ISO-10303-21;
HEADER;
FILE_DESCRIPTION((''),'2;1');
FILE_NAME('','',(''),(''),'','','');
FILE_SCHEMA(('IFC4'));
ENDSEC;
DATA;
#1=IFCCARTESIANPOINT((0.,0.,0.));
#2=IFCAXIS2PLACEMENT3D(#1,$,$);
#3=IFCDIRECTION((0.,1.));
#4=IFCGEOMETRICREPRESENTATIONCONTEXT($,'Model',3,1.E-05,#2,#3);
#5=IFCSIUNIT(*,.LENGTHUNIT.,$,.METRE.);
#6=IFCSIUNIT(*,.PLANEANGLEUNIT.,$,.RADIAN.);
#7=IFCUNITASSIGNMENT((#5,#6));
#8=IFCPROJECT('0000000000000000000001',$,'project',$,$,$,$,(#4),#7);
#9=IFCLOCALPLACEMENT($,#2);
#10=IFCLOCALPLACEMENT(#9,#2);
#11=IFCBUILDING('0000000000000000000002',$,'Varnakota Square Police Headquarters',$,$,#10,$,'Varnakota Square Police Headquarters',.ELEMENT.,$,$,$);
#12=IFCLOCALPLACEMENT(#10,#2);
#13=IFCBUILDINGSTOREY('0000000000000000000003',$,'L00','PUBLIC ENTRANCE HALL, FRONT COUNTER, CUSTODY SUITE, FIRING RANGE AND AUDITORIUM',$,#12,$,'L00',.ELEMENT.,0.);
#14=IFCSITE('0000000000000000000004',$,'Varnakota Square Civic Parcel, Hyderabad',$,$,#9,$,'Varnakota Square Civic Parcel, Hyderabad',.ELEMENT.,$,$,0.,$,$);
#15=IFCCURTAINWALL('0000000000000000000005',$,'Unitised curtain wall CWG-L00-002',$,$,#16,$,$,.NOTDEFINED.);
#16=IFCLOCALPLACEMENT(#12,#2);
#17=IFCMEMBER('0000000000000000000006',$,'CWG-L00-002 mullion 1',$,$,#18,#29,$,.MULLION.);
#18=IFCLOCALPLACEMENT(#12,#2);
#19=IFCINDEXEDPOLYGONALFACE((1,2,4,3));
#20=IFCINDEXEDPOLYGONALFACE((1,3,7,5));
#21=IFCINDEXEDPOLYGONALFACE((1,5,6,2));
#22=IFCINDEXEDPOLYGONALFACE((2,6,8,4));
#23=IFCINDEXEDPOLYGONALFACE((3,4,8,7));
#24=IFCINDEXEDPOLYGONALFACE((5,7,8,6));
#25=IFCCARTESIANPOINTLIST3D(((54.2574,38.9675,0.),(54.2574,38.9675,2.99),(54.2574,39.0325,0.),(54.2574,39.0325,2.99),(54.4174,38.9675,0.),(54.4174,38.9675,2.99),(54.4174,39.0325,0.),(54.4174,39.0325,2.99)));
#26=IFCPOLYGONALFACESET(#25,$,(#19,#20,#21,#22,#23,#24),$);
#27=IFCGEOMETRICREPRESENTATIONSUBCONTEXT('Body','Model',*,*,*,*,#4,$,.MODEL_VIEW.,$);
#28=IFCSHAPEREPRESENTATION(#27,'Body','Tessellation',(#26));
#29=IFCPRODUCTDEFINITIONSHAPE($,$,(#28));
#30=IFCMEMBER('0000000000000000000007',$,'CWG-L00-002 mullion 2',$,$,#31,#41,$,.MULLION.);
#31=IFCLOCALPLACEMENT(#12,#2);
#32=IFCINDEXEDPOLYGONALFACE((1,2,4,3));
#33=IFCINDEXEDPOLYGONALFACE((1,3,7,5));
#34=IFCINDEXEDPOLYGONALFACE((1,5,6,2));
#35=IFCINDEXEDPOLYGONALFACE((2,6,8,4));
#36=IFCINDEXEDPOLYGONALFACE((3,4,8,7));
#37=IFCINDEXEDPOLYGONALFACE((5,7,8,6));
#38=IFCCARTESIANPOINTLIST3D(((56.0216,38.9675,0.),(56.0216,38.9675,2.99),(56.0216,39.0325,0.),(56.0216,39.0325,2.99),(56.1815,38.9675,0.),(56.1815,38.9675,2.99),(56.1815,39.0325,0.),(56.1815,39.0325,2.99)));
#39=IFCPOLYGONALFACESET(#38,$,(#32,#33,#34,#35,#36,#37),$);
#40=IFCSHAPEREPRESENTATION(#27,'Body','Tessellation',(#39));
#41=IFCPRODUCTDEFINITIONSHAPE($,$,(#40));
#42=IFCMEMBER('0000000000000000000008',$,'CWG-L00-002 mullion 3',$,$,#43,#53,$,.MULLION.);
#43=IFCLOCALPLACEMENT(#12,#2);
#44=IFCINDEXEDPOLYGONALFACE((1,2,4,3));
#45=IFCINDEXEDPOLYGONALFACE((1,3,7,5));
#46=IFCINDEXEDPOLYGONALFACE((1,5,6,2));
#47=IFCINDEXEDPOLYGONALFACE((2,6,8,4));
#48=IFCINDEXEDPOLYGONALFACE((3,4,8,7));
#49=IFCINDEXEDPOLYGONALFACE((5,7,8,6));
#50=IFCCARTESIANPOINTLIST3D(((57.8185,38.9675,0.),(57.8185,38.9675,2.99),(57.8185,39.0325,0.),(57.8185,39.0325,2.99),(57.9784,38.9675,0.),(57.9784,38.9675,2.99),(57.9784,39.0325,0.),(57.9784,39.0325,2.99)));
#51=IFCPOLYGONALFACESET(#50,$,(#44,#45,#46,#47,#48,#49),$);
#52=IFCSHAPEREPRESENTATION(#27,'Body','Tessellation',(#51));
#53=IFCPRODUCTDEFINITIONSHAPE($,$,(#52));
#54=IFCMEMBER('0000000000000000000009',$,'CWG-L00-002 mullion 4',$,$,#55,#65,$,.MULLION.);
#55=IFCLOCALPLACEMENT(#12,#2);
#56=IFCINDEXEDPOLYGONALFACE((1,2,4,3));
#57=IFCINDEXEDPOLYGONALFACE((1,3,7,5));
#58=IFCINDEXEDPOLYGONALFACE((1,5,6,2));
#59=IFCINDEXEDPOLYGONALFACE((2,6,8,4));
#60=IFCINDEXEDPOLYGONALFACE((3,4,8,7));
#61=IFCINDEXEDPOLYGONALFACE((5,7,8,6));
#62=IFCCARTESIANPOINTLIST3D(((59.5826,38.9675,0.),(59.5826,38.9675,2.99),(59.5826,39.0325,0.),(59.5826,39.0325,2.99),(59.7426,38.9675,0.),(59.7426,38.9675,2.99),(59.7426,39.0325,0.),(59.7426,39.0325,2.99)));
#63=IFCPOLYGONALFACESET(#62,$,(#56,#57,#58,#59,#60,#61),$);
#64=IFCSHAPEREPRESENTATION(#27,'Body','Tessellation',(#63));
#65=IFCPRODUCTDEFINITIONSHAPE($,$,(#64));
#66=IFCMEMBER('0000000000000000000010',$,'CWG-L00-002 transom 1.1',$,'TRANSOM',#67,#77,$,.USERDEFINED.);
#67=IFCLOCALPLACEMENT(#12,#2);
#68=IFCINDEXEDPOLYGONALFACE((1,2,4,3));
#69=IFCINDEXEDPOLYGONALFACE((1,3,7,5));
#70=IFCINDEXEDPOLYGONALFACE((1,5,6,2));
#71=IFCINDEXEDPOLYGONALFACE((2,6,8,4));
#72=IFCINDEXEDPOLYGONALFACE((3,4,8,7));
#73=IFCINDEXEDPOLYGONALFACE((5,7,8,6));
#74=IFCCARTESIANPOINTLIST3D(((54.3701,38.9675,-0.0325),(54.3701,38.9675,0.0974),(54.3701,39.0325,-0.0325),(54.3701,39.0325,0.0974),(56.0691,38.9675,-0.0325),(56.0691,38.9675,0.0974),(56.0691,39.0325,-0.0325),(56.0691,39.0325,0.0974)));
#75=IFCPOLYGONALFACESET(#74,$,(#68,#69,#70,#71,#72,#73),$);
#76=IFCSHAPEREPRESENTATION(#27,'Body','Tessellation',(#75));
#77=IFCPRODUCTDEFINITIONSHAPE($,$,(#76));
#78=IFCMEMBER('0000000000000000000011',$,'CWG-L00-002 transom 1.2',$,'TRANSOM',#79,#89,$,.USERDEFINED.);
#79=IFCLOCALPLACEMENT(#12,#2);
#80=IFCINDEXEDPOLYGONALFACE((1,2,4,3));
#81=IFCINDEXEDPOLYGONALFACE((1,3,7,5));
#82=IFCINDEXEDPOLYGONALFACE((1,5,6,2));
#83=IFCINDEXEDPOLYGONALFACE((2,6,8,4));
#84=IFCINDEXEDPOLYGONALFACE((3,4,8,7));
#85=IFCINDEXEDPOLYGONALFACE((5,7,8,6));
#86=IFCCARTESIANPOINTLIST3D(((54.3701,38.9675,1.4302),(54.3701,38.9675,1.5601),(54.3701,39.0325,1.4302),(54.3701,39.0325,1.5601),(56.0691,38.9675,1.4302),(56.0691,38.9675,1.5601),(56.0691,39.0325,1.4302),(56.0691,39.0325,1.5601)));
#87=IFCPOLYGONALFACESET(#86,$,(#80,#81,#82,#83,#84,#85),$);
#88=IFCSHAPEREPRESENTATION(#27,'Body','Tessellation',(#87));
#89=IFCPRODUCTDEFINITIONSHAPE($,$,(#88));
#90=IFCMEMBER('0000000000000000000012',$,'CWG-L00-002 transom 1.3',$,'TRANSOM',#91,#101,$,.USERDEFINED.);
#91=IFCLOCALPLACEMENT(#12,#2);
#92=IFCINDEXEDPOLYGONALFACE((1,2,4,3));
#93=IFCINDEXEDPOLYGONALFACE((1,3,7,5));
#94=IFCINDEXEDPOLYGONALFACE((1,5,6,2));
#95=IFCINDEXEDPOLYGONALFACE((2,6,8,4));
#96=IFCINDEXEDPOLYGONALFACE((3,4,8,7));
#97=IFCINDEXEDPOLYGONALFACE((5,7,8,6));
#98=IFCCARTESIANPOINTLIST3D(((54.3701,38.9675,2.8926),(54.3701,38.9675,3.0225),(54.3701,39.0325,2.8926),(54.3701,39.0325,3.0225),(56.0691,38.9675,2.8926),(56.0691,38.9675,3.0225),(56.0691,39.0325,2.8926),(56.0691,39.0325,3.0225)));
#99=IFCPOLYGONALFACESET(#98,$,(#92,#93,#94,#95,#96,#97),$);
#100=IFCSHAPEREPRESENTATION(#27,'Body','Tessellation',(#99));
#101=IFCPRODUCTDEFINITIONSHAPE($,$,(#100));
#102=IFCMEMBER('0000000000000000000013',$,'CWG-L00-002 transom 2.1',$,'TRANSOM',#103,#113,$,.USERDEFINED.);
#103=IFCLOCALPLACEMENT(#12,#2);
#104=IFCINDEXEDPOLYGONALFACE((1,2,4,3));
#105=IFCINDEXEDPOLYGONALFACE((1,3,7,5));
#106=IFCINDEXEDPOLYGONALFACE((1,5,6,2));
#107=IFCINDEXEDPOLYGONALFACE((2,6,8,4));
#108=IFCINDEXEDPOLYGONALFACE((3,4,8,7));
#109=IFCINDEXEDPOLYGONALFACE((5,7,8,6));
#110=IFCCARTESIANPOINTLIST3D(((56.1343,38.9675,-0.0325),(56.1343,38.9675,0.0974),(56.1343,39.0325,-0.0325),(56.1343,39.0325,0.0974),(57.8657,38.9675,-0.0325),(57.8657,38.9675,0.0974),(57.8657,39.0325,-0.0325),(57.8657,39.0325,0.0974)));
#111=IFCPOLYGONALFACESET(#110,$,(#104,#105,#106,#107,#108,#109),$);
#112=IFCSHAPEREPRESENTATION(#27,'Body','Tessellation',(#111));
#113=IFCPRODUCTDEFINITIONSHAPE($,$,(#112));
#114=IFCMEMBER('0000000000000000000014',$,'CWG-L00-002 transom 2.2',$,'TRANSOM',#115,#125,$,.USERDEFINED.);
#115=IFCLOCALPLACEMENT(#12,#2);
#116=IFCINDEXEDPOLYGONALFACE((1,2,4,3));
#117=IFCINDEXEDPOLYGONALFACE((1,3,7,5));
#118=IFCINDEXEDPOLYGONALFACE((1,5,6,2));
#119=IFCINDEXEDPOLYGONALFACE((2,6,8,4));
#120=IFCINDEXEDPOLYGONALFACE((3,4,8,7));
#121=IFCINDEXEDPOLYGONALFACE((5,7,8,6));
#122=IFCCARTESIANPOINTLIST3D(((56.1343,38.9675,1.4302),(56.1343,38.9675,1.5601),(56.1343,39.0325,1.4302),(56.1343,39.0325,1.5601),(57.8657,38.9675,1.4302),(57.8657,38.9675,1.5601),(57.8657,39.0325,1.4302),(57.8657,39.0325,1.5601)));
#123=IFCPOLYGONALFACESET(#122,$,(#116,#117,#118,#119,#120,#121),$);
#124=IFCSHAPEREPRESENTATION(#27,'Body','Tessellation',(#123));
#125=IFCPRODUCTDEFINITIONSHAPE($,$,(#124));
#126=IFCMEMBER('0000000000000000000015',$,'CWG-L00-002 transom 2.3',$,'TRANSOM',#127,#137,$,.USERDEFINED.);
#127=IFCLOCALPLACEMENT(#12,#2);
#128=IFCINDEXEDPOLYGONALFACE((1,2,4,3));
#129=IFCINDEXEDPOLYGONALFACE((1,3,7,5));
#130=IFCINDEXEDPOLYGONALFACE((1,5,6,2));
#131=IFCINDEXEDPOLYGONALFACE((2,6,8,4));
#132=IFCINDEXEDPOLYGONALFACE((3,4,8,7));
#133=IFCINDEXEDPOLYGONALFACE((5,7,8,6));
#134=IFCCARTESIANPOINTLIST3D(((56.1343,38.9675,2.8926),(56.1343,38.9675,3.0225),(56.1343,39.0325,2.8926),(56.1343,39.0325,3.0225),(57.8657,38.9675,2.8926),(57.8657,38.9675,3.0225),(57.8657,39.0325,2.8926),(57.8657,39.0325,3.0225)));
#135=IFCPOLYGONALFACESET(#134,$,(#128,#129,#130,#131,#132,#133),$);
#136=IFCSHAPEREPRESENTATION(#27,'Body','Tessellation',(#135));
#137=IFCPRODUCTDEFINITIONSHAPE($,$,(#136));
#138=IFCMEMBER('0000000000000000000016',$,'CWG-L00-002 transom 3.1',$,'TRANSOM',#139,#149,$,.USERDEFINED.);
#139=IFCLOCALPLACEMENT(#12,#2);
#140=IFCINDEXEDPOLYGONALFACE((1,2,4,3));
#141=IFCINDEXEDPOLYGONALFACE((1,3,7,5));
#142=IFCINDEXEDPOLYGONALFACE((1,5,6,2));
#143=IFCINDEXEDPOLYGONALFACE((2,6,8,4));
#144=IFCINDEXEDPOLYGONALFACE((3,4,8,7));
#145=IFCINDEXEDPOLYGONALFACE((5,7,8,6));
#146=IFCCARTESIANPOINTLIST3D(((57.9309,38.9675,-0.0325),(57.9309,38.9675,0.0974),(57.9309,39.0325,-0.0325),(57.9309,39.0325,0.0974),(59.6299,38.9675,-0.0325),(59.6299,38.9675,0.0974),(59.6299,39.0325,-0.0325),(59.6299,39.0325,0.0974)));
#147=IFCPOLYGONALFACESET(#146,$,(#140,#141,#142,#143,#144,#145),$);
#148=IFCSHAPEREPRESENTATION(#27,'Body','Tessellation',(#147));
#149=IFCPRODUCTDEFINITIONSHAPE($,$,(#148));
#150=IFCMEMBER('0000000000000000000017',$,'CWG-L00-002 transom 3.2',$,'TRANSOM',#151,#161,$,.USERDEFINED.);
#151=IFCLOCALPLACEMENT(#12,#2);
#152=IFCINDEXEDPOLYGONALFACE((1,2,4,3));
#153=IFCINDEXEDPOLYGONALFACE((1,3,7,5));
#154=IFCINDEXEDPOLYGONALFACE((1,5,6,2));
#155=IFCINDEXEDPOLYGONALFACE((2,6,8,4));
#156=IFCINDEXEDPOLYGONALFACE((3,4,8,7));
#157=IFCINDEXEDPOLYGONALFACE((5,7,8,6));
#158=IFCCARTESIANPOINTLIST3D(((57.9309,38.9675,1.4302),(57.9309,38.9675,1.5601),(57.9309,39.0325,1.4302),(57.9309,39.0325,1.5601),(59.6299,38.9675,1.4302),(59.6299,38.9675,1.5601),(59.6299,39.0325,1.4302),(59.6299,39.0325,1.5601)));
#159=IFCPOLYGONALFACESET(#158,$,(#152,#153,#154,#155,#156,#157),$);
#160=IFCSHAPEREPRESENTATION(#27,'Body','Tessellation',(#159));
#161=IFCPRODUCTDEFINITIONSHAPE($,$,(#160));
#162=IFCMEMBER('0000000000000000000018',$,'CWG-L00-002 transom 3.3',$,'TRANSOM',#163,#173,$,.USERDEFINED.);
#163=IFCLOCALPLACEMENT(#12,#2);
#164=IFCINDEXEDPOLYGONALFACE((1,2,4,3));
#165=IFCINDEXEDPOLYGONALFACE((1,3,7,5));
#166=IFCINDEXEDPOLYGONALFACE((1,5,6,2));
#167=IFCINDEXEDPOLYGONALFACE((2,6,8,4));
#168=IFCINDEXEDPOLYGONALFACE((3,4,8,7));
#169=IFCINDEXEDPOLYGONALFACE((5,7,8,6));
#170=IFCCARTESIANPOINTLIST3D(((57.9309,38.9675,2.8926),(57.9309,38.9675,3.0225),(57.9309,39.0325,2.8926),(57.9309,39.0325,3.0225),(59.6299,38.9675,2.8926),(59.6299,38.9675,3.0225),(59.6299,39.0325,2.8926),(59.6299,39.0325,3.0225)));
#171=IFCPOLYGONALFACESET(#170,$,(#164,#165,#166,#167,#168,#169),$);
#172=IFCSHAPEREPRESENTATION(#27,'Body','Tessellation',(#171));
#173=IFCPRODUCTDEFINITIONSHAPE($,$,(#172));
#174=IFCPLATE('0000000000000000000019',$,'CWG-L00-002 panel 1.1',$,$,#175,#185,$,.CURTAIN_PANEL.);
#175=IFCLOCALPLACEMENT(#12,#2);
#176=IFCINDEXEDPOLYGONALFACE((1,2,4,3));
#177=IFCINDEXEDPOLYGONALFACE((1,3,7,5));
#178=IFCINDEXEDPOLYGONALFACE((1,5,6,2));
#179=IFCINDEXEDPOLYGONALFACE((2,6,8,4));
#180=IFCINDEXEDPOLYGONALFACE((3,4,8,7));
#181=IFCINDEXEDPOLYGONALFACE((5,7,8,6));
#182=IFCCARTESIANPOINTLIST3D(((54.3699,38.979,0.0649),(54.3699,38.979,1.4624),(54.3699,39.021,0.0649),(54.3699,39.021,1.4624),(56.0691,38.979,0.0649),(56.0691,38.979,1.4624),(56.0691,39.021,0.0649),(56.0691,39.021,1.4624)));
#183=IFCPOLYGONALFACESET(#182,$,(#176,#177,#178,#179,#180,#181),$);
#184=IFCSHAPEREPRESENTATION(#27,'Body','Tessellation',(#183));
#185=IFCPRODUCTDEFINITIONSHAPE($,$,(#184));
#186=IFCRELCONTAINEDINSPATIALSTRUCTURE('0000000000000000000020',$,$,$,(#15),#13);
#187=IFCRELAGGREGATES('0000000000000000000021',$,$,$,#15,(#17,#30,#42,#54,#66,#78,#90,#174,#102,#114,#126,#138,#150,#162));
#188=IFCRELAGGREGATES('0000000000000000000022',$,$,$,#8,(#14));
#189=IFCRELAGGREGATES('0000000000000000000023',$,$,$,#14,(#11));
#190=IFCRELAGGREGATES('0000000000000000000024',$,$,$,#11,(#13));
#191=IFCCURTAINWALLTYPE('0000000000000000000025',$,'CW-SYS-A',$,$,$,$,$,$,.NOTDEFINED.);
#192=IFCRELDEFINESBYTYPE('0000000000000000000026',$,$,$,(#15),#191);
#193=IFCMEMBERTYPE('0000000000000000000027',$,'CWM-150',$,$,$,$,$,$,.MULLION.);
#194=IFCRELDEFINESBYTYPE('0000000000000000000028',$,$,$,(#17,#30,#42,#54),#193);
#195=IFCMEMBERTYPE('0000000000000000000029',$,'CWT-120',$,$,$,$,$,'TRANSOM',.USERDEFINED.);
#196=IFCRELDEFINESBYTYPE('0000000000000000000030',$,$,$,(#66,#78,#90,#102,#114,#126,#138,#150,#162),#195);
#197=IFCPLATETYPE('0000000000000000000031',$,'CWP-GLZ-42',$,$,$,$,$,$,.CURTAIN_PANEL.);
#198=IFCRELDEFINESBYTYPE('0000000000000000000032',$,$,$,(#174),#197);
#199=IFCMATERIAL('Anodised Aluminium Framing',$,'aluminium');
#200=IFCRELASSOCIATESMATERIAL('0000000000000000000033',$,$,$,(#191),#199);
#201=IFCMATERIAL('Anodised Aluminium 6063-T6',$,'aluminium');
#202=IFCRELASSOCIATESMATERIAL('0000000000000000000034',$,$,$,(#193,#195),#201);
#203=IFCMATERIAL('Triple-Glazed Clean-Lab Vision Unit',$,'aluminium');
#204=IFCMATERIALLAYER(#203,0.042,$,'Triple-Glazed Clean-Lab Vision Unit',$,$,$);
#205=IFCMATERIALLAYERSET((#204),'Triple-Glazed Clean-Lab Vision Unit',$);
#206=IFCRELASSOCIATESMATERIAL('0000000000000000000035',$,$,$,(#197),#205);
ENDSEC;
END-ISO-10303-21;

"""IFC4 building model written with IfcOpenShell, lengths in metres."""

from ifc_helpers import new_model, si_unit, direction, frame, origin, origin_2d, place, context, subcontext, project, spatial, rectangle, extrude, material, layer, layer_set, material_profile, profile_set, type_object, element, aggregate, save


model = new_model("IFC4")

# Units and contexts
model_context = context("Model", 3, precision=1e-05, world=origin(), true_north=direction((0.0, 1.0)))
body_context = subcontext(model_context, "Body", "Model", "MODEL_VIEW")
ifc_project = project(units=[si_unit("LENGTHUNIT", "METRE"), si_unit("PLANEANGLEUNIT", "RADIAN")], contexts=[model_context])

# Site, building, storey
site_placement = place(None, origin())
site = spatial("IfcSite", under=ifc_project, at=site_placement, Name="Varnakota Square Civic Parcel, Hyderabad", LongName="Varnakota Square Civic Parcel, Hyderabad", CompositionType="ELEMENT", RefElevation=0.0)
building_placement = place(site_placement, origin())
building = spatial("IfcBuilding", under=site, at=building_placement, Name="Varnakota Square Police Headquarters", LongName="Varnakota Square Police Headquarters", CompositionType="ELEMENT")
storey_placement = place(building_placement, origin())
storey = spatial("IfcBuildingStorey", under=building, at=storey_placement, Name="L00", Description="PUBLIC ENTRANCE HALL, FRONT COUNTER, CUSTODY SUITE, FIRING RANGE AND AUDITORIUM", LongName="L00", CompositionType="ELEMENT", Elevation=0.0)

# Curtain wall, members, plate
ifc_material_1 = material(Name="Anodised Aluminium Framing", Category="aluminium")
curtain_wall_type = type_object("IfcCurtainWallType", Name="CW-SYS-A", PredefinedType="NOTDEFINED", material=ifc_material_1)
curtain_wall_placement = place(storey_placement, origin())
curtain_wall = element("IfcCurtainWall", 1, at=curtain_wall_placement, inside=storey, type_object=curtain_wall_type, Name="Unitised curtain wall CWG-L00-002", PredefinedType="NOTDEFINED")
ifc_material_2 = material(Name="Anodised Aluminium 6063-T6", Category="aluminium")
ifc_material_profile_1 = material_profile(ifc_material_2, rectangle(XDim=0.0649, YDim=0.1599, at=origin_2d()), Name="ALU MULLION 65x160")
ifc_profile_set_1 = profile_set([ifc_material_profile_1], Name="Anodised Aluminium 6063-T6")
member_type_1 = type_object("IfcMemberType", Name="CWM-150", PredefinedType="MULLION", material=ifc_profile_set_1)
member_1_placement = place(storey_placement, frame((54.3374, 39.0, 0.0), z_axis=(0.0, 0.0, 1.0), x_axis=(0.0, 1.0, 0.0)))
member_1 = element("IfcMember", 2, at=member_1_placement, type_object=member_type_1, Name="CWG-L00-002 mullion 1", PredefinedType="MULLION", context=body_context, shape_type="SweptSolid", body=[
    extrude(rectangle(XDim=0.0649, YDim=0.1599, at=origin_2d()), origin(), (0.0, 0.0, 1.0), 2.99),
])
member_2_placement = place(storey_placement, frame((56.1016, 39.0, 0.0), z_axis=(0.0, 0.0, 1.0), x_axis=(0.0, 1.0, 0.0)))
member_2 = element("IfcMember", 3, at=member_2_placement, type_object=member_type_1, Name="CWG-L00-002 mullion 2", PredefinedType="MULLION", context=body_context, shape_type="SweptSolid", body=[
    extrude(rectangle(XDim=0.0649, YDim=0.1599, at=origin_2d()), origin(), (0.0, 0.0, 1.0), 2.99),
])
member_3_placement = place(storey_placement, frame((57.8984, 39.0, 0.0), z_axis=(0.0, 0.0, 1.0), x_axis=(0.0, 1.0, 0.0)))
member_3 = element("IfcMember", 4, at=member_3_placement, type_object=member_type_1, Name="CWG-L00-002 mullion 3", PredefinedType="MULLION", context=body_context, shape_type="SweptSolid", body=[
    extrude(rectangle(XDim=0.0649, YDim=0.1599, at=origin_2d()), origin(), (0.0, 0.0, 1.0), 2.99),
])
member_4_placement = place(storey_placement, frame((59.6626, 39.0, 0.0), z_axis=(0.0, 0.0, 1.0), x_axis=(0.0, 1.0, 0.0)))
member_4 = element("IfcMember", 5, at=member_4_placement, type_object=member_type_1, Name="CWG-L00-002 mullion 4", PredefinedType="MULLION", context=body_context, shape_type="SweptSolid", body=[
    extrude(rectangle(XDim=0.0649, YDim=0.1599, at=origin_2d()), origin(), (0.0, 0.0, 1.0), 2.99),
])
ifc_material_profile_2 = material_profile(ifc_material_2, rectangle(XDim=0.0649, YDim=0.1299, at=origin_2d()), Name="ALU TRANSOM 65x130")
ifc_profile_set_2 = profile_set([ifc_material_profile_2], Name="Anodised Aluminium 6063-T6")
member_type_2 = type_object("IfcMemberType", Name="CWT-120", ElementType="TRANSOM", PredefinedType="USERDEFINED", material=ifc_profile_set_2)
member_5_placement = place(storey_placement, frame((54.3701, 39.0, 0.0325), z_axis=(1.0, 0.0, 0.0), x_axis=(0.0, 1.0, 0.0)))
member_5 = element("IfcMember", 6, at=member_5_placement, type_object=member_type_2, Name="CWG-L00-002 transom 1.1", ObjectType="TRANSOM", PredefinedType="USERDEFINED", context=body_context, shape_type="SweptSolid", body=[
    extrude(rectangle(XDim=0.0649, YDim=0.1299, at=origin_2d()), origin(), (0.0, 0.0, 1.0), 1.699),
])
member_6_placement = place(storey_placement, frame((54.3701, 39.0, 1.4951), z_axis=(1.0, 0.0, 0.0), x_axis=(0.0, 1.0, 0.0)))
member_6 = element("IfcMember", 7, at=member_6_placement, type_object=member_type_2, Name="CWG-L00-002 transom 1.2", ObjectType="TRANSOM", PredefinedType="USERDEFINED", context=body_context, shape_type="SweptSolid", body=[
    extrude(rectangle(XDim=0.0649, YDim=0.1299, at=origin_2d()), origin(), (0.0, 0.0, 1.0), 1.699),
])
member_7_placement = place(storey_placement, frame((54.3701, 39.0, 2.9575), z_axis=(1.0, 0.0, 0.0), x_axis=(0.0, 1.0, 0.0)))
member_7 = element("IfcMember", 8, at=member_7_placement, type_object=member_type_2, Name="CWG-L00-002 transom 1.3", ObjectType="TRANSOM", PredefinedType="USERDEFINED", context=body_context, shape_type="SweptSolid", body=[
    extrude(rectangle(XDim=0.0649, YDim=0.1299, at=origin_2d()), origin(), (0.0, 0.0, 1.0), 1.699),
])
member_8_placement = place(storey_placement, frame((56.1343, 39.0, 0.0325), z_axis=(1.0, 0.0, 0.0), x_axis=(0.0, 1.0, 0.0)))
member_8 = element("IfcMember", 9, at=member_8_placement, type_object=member_type_2, Name="CWG-L00-002 transom 2.1", ObjectType="TRANSOM", PredefinedType="USERDEFINED", context=body_context, shape_type="SweptSolid", body=[
    extrude(rectangle(XDim=0.0649, YDim=0.1299, at=origin_2d()), origin(), (0.0, 0.0, 1.0), 1.7314),
])
member_9_placement = place(storey_placement, frame((56.1343, 39.0, 1.4951), z_axis=(1.0, 0.0, 0.0), x_axis=(0.0, 1.0, 0.0)))
member_9 = element("IfcMember", 10, at=member_9_placement, type_object=member_type_2, Name="CWG-L00-002 transom 2.2", ObjectType="TRANSOM", PredefinedType="USERDEFINED", context=body_context, shape_type="SweptSolid", body=[
    extrude(rectangle(XDim=0.0649, YDim=0.1299, at=origin_2d()), origin(), (0.0, 0.0, 1.0), 1.7314),
])
member_10_placement = place(storey_placement, frame((56.1343, 39.0, 2.9575), z_axis=(1.0, 0.0, 0.0), x_axis=(0.0, 1.0, 0.0)))
member_10 = element("IfcMember", 11, at=member_10_placement, type_object=member_type_2, Name="CWG-L00-002 transom 2.3", ObjectType="TRANSOM", PredefinedType="USERDEFINED", context=body_context, shape_type="SweptSolid", body=[
    extrude(rectangle(XDim=0.0649, YDim=0.1299, at=origin_2d()), origin(), (0.0, 0.0, 1.0), 1.7314),
])
member_11_placement = place(storey_placement, frame((57.9309, 39.0, 0.0325), z_axis=(1.0, 0.0, 0.0), x_axis=(0.0, 1.0, 0.0)))
member_11 = element("IfcMember", 12, at=member_11_placement, type_object=member_type_2, Name="CWG-L00-002 transom 3.1", ObjectType="TRANSOM", PredefinedType="USERDEFINED", context=body_context, shape_type="SweptSolid", body=[
    extrude(rectangle(XDim=0.0649, YDim=0.1299, at=origin_2d()), origin(), (0.0, 0.0, 1.0), 1.699),
])
member_12_placement = place(storey_placement, frame((57.9309, 39.0, 1.4951), z_axis=(1.0, 0.0, 0.0), x_axis=(0.0, 1.0, 0.0)))
member_12 = element("IfcMember", 13, at=member_12_placement, type_object=member_type_2, Name="CWG-L00-002 transom 3.2", ObjectType="TRANSOM", PredefinedType="USERDEFINED", context=body_context, shape_type="SweptSolid", body=[
    extrude(rectangle(XDim=0.0649, YDim=0.1299, at=origin_2d()), origin(), (0.0, 0.0, 1.0), 1.699),
])
member_13_placement = place(storey_placement, frame((57.9309, 39.0, 2.9575), z_axis=(1.0, 0.0, 0.0), x_axis=(0.0, 1.0, 0.0)))
member_13 = element("IfcMember", 14, at=member_13_placement, type_object=member_type_2, Name="CWG-L00-002 transom 3.3", ObjectType="TRANSOM", PredefinedType="USERDEFINED", context=body_context, shape_type="SweptSolid", body=[
    extrude(rectangle(XDim=0.0649, YDim=0.1299, at=origin_2d()), origin(), (0.0, 0.0, 1.0), 1.699),
])
ifc_material_3 = material(Name="Triple-Glazed Clean-Lab Vision Unit", Category="aluminium")
ifc_layer_1 = layer(ifc_material_3, 0.042, Name="Triple-Glazed Clean-Lab Vision Unit")
ifc_layer_set_1 = layer_set([ifc_layer_1], Name="Triple-Glazed Clean-Lab Vision Unit")
plate_type_1 = type_object("IfcPlateType", Name="CWP-GLZ-42", PredefinedType="CURTAIN_PANEL", material=ifc_layer_set_1)
plate_1_placement = place(storey_placement, frame((55.2195, 39.0, 0.0649), z_axis=(0.0, 0.0, 1.0), x_axis=(1.0, 0.0, 0.0)))
plate_1 = element("IfcPlate", 15, at=plate_1_placement, type_object=plate_type_1, Name="CWG-L00-002 panel 1.1", PredefinedType="CURTAIN_PANEL", context=body_context, shape_type="SweptSolid", body=[
    extrude(rectangle(XDim=1.6992, YDim=0.042, at=origin_2d()), origin(), (0.0, 0.0, 1.0), 1.3975),
])
aggregate(curtain_wall, [member_1, member_2, member_3, member_4, member_5, member_6, member_7, plate_1, member_8, member_9, member_10, member_11, member_12, member_13])

save(model, "model.ifc")
